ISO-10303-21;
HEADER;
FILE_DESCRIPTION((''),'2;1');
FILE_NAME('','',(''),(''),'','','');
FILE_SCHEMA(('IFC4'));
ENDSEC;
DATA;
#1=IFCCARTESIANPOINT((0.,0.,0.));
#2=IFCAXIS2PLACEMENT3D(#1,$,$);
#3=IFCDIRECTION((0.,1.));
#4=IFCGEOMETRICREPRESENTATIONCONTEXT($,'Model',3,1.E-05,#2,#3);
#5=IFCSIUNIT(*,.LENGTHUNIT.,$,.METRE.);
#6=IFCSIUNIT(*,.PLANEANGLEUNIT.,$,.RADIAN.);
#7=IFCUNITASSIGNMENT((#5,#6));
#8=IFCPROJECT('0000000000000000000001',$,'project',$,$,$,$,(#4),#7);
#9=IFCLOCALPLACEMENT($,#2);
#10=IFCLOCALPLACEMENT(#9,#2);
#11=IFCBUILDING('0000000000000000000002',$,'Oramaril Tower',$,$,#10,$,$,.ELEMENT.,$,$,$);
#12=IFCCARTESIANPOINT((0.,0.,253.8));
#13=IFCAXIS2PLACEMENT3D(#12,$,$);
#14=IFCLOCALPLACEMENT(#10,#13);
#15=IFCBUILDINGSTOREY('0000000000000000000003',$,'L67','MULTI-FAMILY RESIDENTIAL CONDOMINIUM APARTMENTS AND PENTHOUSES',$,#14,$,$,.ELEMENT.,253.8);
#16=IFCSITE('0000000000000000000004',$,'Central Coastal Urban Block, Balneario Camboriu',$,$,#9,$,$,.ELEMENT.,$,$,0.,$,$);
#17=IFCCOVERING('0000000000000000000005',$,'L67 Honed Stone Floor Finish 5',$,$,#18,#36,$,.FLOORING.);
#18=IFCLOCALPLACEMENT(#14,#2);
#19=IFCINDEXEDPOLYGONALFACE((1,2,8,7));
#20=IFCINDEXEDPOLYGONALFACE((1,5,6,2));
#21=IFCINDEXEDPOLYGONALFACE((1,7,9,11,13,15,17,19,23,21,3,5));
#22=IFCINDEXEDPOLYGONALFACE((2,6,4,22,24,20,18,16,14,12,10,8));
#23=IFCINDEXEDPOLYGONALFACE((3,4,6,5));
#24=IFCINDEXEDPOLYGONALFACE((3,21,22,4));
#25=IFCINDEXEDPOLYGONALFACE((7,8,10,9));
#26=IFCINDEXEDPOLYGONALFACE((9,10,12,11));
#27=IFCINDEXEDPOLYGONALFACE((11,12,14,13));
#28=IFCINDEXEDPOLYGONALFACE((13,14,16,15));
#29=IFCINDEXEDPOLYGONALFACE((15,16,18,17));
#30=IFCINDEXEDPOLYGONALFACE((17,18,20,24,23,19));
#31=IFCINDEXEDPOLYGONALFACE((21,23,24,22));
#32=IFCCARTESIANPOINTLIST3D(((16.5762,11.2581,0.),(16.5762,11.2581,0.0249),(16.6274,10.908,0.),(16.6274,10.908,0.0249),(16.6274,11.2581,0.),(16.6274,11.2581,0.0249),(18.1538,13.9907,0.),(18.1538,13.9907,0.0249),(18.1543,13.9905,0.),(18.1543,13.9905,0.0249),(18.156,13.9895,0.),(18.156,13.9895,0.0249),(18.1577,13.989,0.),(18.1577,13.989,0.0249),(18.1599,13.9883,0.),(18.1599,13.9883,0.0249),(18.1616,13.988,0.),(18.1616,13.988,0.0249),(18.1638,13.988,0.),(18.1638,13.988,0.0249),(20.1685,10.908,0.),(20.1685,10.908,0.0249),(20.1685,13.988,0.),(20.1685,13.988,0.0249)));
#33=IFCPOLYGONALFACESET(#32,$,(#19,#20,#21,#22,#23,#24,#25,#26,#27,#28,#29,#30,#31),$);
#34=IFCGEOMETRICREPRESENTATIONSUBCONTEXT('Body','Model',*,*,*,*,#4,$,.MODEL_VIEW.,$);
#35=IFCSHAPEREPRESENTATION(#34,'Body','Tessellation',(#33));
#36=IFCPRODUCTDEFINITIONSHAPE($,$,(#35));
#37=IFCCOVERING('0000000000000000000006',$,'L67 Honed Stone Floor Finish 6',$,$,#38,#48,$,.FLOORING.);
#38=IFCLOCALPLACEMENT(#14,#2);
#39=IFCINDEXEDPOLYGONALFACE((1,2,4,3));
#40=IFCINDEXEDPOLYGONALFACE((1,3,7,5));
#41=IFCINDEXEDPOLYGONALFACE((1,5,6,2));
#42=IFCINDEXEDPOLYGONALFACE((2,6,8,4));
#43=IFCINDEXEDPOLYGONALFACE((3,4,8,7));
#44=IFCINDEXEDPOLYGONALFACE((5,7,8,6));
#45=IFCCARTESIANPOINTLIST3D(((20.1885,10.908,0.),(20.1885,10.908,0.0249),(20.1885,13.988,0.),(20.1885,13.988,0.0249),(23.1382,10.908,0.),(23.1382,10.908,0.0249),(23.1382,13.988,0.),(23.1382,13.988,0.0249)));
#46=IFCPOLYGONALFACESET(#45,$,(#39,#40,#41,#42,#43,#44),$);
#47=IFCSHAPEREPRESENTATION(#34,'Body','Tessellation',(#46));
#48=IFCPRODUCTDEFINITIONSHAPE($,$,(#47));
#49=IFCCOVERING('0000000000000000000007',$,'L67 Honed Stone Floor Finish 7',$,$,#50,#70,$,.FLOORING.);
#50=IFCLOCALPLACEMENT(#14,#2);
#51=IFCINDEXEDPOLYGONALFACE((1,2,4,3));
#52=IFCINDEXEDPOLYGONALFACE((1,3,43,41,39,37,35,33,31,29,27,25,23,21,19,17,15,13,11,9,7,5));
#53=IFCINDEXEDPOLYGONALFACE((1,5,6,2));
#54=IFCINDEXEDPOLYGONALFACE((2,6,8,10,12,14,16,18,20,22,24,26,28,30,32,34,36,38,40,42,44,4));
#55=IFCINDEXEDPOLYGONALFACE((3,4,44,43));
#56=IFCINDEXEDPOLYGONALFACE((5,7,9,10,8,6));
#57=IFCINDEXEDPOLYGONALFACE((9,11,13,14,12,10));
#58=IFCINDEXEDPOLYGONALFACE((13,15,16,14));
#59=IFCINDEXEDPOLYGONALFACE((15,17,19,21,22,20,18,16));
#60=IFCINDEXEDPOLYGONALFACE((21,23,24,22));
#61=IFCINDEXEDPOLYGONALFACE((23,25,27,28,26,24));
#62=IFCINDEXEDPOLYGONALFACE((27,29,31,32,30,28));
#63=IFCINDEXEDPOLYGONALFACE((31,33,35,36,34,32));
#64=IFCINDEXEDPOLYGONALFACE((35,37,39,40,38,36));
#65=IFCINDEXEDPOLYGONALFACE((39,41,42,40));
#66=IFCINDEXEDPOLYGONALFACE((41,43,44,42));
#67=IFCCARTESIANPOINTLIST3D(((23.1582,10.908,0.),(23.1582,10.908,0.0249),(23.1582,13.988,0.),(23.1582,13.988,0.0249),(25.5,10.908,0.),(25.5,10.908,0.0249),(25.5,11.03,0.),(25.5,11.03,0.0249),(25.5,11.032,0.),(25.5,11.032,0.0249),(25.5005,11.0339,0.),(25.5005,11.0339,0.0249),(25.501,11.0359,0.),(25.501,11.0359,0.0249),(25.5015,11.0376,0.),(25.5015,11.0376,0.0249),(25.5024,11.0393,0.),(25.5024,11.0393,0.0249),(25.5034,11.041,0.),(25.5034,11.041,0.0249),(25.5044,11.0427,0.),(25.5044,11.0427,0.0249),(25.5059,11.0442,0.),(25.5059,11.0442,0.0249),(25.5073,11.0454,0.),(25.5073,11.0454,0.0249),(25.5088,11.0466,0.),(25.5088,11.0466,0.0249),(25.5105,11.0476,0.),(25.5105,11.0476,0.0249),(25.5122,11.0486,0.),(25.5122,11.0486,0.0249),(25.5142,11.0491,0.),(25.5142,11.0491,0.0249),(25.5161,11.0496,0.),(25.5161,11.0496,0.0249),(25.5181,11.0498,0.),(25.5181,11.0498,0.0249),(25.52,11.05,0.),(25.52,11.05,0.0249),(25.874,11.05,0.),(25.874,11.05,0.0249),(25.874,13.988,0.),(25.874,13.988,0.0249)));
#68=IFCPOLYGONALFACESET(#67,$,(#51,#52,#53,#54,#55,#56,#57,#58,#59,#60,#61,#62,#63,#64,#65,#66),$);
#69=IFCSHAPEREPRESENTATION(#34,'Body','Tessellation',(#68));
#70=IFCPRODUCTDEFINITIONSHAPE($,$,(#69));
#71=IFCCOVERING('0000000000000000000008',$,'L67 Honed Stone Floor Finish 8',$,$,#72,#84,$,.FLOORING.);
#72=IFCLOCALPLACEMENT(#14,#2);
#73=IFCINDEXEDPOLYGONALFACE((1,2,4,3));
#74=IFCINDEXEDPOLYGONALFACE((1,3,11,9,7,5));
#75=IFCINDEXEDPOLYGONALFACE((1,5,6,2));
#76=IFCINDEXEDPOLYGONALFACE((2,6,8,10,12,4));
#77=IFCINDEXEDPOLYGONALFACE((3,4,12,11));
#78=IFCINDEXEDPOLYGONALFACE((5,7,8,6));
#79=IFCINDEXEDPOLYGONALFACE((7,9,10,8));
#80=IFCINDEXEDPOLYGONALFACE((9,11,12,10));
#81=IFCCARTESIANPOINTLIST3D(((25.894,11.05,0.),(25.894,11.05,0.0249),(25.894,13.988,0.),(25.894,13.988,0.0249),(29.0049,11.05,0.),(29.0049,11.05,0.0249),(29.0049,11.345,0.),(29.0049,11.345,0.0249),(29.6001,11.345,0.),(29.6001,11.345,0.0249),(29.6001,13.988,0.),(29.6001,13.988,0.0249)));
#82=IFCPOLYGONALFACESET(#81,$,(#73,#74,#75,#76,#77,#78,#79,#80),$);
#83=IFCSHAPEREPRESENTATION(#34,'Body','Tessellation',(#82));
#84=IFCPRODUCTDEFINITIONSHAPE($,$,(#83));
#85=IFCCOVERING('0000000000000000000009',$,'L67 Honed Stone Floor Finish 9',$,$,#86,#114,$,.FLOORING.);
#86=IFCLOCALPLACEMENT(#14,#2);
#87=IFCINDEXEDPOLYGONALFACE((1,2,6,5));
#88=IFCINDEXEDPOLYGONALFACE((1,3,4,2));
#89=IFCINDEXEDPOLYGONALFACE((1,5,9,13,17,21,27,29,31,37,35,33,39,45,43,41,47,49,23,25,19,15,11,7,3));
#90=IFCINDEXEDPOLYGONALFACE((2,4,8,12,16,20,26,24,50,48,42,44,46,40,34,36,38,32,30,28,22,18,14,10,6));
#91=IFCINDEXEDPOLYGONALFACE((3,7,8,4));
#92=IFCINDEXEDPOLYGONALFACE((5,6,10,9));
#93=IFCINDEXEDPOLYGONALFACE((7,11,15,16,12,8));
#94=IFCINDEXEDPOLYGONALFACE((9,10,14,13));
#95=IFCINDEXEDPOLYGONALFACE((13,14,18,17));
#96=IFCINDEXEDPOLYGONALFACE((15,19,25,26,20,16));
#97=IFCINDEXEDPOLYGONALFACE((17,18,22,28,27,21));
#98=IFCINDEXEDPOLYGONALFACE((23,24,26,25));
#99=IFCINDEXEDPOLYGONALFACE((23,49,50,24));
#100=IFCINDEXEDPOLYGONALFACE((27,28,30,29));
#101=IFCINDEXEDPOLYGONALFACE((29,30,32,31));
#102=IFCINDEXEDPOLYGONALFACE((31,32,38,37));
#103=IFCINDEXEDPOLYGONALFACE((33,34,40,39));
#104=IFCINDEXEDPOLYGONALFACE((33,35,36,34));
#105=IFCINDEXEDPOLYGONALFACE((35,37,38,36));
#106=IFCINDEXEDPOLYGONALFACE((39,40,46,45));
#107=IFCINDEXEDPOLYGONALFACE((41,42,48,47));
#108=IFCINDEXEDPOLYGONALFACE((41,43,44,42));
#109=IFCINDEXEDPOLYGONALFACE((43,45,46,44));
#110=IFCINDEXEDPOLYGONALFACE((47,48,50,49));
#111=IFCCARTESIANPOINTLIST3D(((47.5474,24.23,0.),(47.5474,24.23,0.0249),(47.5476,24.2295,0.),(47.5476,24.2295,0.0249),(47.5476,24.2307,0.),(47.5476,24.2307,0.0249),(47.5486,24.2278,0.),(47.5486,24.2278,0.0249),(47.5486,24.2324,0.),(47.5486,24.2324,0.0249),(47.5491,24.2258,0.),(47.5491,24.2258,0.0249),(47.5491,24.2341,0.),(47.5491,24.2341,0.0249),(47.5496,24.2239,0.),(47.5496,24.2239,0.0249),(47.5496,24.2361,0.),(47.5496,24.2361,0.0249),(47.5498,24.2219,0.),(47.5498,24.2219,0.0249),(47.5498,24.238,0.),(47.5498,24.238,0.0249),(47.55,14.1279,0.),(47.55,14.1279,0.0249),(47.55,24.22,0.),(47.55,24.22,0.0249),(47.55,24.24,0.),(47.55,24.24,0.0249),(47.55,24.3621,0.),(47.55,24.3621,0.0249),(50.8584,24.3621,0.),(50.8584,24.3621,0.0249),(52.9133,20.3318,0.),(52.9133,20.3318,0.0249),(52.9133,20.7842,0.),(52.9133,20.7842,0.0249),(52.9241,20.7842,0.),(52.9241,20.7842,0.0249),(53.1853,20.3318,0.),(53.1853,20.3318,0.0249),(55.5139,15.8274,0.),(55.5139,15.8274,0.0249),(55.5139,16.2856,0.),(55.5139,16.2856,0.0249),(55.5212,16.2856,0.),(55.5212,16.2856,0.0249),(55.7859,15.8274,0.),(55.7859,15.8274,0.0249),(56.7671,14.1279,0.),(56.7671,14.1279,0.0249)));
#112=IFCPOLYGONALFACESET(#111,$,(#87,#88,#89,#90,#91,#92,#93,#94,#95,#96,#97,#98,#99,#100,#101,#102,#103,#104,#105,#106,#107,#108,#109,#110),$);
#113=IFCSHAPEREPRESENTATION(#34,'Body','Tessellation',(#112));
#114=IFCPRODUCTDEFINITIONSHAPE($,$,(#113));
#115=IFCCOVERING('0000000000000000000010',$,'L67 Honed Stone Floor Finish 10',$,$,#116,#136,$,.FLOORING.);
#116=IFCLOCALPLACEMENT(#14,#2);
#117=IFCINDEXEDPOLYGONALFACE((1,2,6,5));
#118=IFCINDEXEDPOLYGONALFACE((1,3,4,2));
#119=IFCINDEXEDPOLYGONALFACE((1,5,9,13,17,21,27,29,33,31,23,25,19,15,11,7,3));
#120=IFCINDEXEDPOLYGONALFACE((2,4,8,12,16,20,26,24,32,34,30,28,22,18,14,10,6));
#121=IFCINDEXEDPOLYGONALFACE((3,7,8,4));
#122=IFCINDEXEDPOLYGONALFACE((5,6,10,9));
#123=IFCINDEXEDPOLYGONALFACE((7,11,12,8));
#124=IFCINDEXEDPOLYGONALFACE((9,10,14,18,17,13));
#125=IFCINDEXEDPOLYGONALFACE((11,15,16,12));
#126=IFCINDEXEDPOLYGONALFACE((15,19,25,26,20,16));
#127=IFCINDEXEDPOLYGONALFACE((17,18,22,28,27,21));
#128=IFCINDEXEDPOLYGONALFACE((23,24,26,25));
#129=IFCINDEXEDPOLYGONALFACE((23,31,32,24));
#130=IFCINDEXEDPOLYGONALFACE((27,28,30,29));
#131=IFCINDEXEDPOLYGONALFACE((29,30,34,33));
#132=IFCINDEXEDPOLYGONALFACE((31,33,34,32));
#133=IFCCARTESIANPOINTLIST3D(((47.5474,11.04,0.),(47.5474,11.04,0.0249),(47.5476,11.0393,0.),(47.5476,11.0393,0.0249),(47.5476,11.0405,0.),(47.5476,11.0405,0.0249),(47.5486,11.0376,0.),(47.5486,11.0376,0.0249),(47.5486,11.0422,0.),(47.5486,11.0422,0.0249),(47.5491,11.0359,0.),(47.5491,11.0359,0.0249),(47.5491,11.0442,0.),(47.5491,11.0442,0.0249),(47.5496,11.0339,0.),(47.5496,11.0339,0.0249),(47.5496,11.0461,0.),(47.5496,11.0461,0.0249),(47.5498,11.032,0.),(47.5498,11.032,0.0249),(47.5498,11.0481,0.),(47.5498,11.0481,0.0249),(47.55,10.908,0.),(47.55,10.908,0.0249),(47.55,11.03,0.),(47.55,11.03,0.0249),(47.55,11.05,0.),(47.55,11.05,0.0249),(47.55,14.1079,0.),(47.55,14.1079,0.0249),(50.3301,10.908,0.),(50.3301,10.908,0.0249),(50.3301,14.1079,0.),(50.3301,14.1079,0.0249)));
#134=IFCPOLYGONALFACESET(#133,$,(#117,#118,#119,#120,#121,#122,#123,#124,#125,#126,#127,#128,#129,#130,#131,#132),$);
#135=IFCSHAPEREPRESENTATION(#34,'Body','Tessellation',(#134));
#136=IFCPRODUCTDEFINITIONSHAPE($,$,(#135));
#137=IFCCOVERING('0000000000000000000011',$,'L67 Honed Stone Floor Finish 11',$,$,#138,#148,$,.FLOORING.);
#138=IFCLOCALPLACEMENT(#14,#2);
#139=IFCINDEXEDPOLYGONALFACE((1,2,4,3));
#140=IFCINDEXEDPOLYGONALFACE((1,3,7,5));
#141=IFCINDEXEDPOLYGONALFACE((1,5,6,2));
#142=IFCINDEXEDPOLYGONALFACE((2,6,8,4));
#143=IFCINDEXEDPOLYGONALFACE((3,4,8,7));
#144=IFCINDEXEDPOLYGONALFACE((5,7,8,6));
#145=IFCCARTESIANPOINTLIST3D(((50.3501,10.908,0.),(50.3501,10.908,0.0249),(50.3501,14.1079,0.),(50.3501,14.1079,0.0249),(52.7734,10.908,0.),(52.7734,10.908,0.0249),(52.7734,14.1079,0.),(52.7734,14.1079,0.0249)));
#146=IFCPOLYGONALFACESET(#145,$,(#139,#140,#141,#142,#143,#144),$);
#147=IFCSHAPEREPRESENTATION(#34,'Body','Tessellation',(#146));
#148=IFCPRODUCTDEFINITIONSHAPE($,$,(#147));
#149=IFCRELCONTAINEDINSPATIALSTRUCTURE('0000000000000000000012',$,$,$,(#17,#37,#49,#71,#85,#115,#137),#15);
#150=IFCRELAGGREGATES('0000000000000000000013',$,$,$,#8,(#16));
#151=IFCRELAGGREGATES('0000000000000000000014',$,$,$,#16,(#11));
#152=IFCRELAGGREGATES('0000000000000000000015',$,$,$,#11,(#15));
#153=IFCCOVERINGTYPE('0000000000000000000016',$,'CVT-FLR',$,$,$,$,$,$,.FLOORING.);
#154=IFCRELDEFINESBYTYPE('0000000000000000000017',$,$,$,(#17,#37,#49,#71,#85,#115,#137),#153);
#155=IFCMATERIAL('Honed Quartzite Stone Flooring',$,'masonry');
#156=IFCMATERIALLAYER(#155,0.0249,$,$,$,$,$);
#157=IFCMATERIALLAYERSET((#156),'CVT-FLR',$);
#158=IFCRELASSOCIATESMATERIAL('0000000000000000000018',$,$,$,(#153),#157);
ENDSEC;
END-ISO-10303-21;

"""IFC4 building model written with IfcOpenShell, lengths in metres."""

from ifc_helpers import new_model, si_unit, direction, frame, origin, place, context, subcontext, project, spatial, polyline, outline, extrude, material, layer, layer_set, type_object, element, save


model = new_model("IFC4")

# Units and contexts
model_context = context("Model", 3, precision=1e-05, world=origin(), true_north=direction((0.0, 1.0)))
body_context = subcontext(model_context, "Body", "Model", "MODEL_VIEW")
ifc_project = project(units=[si_unit("LENGTHUNIT", "METRE"), si_unit("PLANEANGLEUNIT", "RADIAN")], contexts=[model_context])

# Site, building, storey
site_placement = place(None, origin())
site = spatial("IfcSite", under=ifc_project, at=site_placement, Name="Central Coastal Urban Block, Balneario Camboriu", CompositionType="ELEMENT", RefElevation=0.0)
building_placement = place(site_placement, origin())
building = spatial("IfcBuilding", under=site, at=building_placement, Name="Oramaril Tower", CompositionType="ELEMENT")
storey_placement = place(building_placement, frame((0.0, 0.0, 253.8)))
storey = spatial("IfcBuildingStorey", under=building, at=storey_placement, Name="L67", Description="MULTI-FAMILY RESIDENTIAL CONDOMINIUM APARTMENTS AND PENTHOUSES", CompositionType="ELEMENT", Elevation=253.8)

# Coverings
ifc_material_1 = material(Name="Honed Quartzite Stone Flooring", Category="masonry")
ifc_layer_1 = layer(ifc_material_1, 0.0249)
ifc_layer_set_1 = layer_set([ifc_layer_1], Name="CVT-FLR")
covering_type_1 = type_object("IfcCoveringType", Name="CVT-FLR", PredefinedType="FLOORING", material=ifc_layer_set_1)
covering_1_placement = place(storey_placement, origin())
element("IfcCovering", 1, at=covering_1_placement, inside=storey, type_object=covering_type_1, Name="L67 Honed Stone Floor Finish 5", PredefinedType="FLOORING", context=body_context, shape_type="SweptSolid", body=[
    extrude(outline(polyline([(20.1685, 10.908), (16.6274, 10.908), (16.6274, 11.2581), (16.5762, 11.2581), (18.1538, 13.9907), (18.1543, 13.9905), (18.156, 13.9895), (18.1577, 13.989), (18.1599, 13.9883), (18.1616, 13.988), (18.1638, 13.988), (20.1685, 13.988), (20.1685, 10.908)])), origin(), (0.0, 0.0, 1.0), 0.0249),
])
covering_2_placement = place(storey_placement, origin())
element("IfcCovering", 2, at=covering_2_placement, inside=storey, type_object=covering_type_1, Name="L67 Honed Stone Floor Finish 6", PredefinedType="FLOORING", context=body_context, shape_type="SweptSolid", body=[
    extrude(outline(polyline([(23.1382, 10.908), (20.1885, 10.908), (20.1885, 13.988), (23.1382, 13.988), (23.1382, 10.908)])), origin(), (0.0, 0.0, 1.0), 0.0249),
])
covering_3_placement = place(storey_placement, origin())
element("IfcCovering", 3, at=covering_3_placement, inside=storey, type_object=covering_type_1, Name="L67 Honed Stone Floor Finish 7", PredefinedType="FLOORING", context=body_context, shape_type="SweptSolid", body=[
    extrude(outline(polyline([(25.874, 11.05), (25.52, 11.05), (25.5181, 11.0498), (25.5161, 11.0496), (25.5142, 11.0491), (25.5122, 11.0486), (25.5105, 11.0476), (25.5088, 11.0466), (25.5073, 11.0454), (25.5059, 11.0442), (25.5044, 11.0427), (25.5034, 11.041), (25.5024, 11.0393), (25.5015, 11.0376), (25.501, 11.0359), (25.5005, 11.0339), (25.5, 11.032), (25.5, 11.03), (25.5, 10.908), (23.1582, 10.908), (23.1582, 13.988), (25.874, 13.988), (25.874, 11.05)])), origin(), (0.0, 0.0, 1.0), 0.0249),
])
covering_4_placement = place(storey_placement, origin())
element("IfcCovering", 4, at=covering_4_placement, inside=storey, type_object=covering_type_1, Name="L67 Honed Stone Floor Finish 8", PredefinedType="FLOORING", context=body_context, shape_type="SweptSolid", body=[
    extrude(outline(polyline([(29.6001, 11.345), (29.0049, 11.345), (29.0049, 11.05), (25.894, 11.05), (25.894, 13.988), (29.6001, 13.988), (29.6001, 11.345)])), origin(), (0.0, 0.0, 1.0), 0.0249),
])
covering_5_placement = place(storey_placement, origin())
element("IfcCovering", 5, at=covering_5_placement, inside=storey, type_object=covering_type_1, Name="L67 Honed Stone Floor Finish 9", PredefinedType="FLOORING", context=body_context, shape_type="SweptSolid", body=[
    extrude(outline(polyline([(52.9241, 20.7842), (52.9133, 20.7842), (52.9133, 20.3318), (53.1853, 20.3318), (55.5212, 16.2856), (55.5139, 16.2856), (55.5139, 15.8274), (55.7859, 15.8274), (56.7671, 14.1279), (47.55, 14.1279), (47.55, 24.22), (47.5498, 24.2219), (47.5496, 24.2239), (47.5491, 24.2258), (47.5486, 24.2278), (47.5476, 24.2295), (47.5474, 24.23), (47.5476, 24.2307), (47.5486, 24.2324), (47.5491, 24.2341), (47.5496, 24.2361), (47.5498, 24.238), (47.55, 24.24), (47.55, 24.3621), (50.8584, 24.3621), (52.9241, 20.7842)])), origin(), (0.0, 0.0, 1.0), 0.0249),
])
covering_6_placement = place(storey_placement, origin())
element("IfcCovering", 6, at=covering_6_placement, inside=storey, type_object=covering_type_1, Name="L67 Honed Stone Floor Finish 10", PredefinedType="FLOORING", context=body_context, shape_type="SweptSolid", body=[
    extrude(outline(polyline([(50.3301, 10.908), (47.55, 10.908), (47.55, 11.03), (47.5498, 11.032), (47.5496, 11.0339), (47.5491, 11.0359), (47.5486, 11.0376), (47.5476, 11.0393), (47.5474, 11.04), (47.5476, 11.0405), (47.5486, 11.0422), (47.5491, 11.0442), (47.5496, 11.0461), (47.5498, 11.0481), (47.55, 11.05), (47.55, 14.1079), (50.3301, 14.1079), (50.3301, 10.908)])), origin(), (0.0, 0.0, 1.0), 0.0249),
])
covering_7_placement = place(storey_placement, origin())
element("IfcCovering", 7, at=covering_7_placement, inside=storey, type_object=covering_type_1, Name="L67 Honed Stone Floor Finish 11", PredefinedType="FLOORING", context=body_context, shape_type="SweptSolid", body=[
    extrude(outline(polyline([(50.3501, 10.908), (50.3501, 14.1079), (52.7734, 14.1079), (52.7734, 10.908), (50.3501, 10.908)])), origin(), (0.0, 0.0, 1.0), 0.0249),
])

save(model, "model.ifc")
